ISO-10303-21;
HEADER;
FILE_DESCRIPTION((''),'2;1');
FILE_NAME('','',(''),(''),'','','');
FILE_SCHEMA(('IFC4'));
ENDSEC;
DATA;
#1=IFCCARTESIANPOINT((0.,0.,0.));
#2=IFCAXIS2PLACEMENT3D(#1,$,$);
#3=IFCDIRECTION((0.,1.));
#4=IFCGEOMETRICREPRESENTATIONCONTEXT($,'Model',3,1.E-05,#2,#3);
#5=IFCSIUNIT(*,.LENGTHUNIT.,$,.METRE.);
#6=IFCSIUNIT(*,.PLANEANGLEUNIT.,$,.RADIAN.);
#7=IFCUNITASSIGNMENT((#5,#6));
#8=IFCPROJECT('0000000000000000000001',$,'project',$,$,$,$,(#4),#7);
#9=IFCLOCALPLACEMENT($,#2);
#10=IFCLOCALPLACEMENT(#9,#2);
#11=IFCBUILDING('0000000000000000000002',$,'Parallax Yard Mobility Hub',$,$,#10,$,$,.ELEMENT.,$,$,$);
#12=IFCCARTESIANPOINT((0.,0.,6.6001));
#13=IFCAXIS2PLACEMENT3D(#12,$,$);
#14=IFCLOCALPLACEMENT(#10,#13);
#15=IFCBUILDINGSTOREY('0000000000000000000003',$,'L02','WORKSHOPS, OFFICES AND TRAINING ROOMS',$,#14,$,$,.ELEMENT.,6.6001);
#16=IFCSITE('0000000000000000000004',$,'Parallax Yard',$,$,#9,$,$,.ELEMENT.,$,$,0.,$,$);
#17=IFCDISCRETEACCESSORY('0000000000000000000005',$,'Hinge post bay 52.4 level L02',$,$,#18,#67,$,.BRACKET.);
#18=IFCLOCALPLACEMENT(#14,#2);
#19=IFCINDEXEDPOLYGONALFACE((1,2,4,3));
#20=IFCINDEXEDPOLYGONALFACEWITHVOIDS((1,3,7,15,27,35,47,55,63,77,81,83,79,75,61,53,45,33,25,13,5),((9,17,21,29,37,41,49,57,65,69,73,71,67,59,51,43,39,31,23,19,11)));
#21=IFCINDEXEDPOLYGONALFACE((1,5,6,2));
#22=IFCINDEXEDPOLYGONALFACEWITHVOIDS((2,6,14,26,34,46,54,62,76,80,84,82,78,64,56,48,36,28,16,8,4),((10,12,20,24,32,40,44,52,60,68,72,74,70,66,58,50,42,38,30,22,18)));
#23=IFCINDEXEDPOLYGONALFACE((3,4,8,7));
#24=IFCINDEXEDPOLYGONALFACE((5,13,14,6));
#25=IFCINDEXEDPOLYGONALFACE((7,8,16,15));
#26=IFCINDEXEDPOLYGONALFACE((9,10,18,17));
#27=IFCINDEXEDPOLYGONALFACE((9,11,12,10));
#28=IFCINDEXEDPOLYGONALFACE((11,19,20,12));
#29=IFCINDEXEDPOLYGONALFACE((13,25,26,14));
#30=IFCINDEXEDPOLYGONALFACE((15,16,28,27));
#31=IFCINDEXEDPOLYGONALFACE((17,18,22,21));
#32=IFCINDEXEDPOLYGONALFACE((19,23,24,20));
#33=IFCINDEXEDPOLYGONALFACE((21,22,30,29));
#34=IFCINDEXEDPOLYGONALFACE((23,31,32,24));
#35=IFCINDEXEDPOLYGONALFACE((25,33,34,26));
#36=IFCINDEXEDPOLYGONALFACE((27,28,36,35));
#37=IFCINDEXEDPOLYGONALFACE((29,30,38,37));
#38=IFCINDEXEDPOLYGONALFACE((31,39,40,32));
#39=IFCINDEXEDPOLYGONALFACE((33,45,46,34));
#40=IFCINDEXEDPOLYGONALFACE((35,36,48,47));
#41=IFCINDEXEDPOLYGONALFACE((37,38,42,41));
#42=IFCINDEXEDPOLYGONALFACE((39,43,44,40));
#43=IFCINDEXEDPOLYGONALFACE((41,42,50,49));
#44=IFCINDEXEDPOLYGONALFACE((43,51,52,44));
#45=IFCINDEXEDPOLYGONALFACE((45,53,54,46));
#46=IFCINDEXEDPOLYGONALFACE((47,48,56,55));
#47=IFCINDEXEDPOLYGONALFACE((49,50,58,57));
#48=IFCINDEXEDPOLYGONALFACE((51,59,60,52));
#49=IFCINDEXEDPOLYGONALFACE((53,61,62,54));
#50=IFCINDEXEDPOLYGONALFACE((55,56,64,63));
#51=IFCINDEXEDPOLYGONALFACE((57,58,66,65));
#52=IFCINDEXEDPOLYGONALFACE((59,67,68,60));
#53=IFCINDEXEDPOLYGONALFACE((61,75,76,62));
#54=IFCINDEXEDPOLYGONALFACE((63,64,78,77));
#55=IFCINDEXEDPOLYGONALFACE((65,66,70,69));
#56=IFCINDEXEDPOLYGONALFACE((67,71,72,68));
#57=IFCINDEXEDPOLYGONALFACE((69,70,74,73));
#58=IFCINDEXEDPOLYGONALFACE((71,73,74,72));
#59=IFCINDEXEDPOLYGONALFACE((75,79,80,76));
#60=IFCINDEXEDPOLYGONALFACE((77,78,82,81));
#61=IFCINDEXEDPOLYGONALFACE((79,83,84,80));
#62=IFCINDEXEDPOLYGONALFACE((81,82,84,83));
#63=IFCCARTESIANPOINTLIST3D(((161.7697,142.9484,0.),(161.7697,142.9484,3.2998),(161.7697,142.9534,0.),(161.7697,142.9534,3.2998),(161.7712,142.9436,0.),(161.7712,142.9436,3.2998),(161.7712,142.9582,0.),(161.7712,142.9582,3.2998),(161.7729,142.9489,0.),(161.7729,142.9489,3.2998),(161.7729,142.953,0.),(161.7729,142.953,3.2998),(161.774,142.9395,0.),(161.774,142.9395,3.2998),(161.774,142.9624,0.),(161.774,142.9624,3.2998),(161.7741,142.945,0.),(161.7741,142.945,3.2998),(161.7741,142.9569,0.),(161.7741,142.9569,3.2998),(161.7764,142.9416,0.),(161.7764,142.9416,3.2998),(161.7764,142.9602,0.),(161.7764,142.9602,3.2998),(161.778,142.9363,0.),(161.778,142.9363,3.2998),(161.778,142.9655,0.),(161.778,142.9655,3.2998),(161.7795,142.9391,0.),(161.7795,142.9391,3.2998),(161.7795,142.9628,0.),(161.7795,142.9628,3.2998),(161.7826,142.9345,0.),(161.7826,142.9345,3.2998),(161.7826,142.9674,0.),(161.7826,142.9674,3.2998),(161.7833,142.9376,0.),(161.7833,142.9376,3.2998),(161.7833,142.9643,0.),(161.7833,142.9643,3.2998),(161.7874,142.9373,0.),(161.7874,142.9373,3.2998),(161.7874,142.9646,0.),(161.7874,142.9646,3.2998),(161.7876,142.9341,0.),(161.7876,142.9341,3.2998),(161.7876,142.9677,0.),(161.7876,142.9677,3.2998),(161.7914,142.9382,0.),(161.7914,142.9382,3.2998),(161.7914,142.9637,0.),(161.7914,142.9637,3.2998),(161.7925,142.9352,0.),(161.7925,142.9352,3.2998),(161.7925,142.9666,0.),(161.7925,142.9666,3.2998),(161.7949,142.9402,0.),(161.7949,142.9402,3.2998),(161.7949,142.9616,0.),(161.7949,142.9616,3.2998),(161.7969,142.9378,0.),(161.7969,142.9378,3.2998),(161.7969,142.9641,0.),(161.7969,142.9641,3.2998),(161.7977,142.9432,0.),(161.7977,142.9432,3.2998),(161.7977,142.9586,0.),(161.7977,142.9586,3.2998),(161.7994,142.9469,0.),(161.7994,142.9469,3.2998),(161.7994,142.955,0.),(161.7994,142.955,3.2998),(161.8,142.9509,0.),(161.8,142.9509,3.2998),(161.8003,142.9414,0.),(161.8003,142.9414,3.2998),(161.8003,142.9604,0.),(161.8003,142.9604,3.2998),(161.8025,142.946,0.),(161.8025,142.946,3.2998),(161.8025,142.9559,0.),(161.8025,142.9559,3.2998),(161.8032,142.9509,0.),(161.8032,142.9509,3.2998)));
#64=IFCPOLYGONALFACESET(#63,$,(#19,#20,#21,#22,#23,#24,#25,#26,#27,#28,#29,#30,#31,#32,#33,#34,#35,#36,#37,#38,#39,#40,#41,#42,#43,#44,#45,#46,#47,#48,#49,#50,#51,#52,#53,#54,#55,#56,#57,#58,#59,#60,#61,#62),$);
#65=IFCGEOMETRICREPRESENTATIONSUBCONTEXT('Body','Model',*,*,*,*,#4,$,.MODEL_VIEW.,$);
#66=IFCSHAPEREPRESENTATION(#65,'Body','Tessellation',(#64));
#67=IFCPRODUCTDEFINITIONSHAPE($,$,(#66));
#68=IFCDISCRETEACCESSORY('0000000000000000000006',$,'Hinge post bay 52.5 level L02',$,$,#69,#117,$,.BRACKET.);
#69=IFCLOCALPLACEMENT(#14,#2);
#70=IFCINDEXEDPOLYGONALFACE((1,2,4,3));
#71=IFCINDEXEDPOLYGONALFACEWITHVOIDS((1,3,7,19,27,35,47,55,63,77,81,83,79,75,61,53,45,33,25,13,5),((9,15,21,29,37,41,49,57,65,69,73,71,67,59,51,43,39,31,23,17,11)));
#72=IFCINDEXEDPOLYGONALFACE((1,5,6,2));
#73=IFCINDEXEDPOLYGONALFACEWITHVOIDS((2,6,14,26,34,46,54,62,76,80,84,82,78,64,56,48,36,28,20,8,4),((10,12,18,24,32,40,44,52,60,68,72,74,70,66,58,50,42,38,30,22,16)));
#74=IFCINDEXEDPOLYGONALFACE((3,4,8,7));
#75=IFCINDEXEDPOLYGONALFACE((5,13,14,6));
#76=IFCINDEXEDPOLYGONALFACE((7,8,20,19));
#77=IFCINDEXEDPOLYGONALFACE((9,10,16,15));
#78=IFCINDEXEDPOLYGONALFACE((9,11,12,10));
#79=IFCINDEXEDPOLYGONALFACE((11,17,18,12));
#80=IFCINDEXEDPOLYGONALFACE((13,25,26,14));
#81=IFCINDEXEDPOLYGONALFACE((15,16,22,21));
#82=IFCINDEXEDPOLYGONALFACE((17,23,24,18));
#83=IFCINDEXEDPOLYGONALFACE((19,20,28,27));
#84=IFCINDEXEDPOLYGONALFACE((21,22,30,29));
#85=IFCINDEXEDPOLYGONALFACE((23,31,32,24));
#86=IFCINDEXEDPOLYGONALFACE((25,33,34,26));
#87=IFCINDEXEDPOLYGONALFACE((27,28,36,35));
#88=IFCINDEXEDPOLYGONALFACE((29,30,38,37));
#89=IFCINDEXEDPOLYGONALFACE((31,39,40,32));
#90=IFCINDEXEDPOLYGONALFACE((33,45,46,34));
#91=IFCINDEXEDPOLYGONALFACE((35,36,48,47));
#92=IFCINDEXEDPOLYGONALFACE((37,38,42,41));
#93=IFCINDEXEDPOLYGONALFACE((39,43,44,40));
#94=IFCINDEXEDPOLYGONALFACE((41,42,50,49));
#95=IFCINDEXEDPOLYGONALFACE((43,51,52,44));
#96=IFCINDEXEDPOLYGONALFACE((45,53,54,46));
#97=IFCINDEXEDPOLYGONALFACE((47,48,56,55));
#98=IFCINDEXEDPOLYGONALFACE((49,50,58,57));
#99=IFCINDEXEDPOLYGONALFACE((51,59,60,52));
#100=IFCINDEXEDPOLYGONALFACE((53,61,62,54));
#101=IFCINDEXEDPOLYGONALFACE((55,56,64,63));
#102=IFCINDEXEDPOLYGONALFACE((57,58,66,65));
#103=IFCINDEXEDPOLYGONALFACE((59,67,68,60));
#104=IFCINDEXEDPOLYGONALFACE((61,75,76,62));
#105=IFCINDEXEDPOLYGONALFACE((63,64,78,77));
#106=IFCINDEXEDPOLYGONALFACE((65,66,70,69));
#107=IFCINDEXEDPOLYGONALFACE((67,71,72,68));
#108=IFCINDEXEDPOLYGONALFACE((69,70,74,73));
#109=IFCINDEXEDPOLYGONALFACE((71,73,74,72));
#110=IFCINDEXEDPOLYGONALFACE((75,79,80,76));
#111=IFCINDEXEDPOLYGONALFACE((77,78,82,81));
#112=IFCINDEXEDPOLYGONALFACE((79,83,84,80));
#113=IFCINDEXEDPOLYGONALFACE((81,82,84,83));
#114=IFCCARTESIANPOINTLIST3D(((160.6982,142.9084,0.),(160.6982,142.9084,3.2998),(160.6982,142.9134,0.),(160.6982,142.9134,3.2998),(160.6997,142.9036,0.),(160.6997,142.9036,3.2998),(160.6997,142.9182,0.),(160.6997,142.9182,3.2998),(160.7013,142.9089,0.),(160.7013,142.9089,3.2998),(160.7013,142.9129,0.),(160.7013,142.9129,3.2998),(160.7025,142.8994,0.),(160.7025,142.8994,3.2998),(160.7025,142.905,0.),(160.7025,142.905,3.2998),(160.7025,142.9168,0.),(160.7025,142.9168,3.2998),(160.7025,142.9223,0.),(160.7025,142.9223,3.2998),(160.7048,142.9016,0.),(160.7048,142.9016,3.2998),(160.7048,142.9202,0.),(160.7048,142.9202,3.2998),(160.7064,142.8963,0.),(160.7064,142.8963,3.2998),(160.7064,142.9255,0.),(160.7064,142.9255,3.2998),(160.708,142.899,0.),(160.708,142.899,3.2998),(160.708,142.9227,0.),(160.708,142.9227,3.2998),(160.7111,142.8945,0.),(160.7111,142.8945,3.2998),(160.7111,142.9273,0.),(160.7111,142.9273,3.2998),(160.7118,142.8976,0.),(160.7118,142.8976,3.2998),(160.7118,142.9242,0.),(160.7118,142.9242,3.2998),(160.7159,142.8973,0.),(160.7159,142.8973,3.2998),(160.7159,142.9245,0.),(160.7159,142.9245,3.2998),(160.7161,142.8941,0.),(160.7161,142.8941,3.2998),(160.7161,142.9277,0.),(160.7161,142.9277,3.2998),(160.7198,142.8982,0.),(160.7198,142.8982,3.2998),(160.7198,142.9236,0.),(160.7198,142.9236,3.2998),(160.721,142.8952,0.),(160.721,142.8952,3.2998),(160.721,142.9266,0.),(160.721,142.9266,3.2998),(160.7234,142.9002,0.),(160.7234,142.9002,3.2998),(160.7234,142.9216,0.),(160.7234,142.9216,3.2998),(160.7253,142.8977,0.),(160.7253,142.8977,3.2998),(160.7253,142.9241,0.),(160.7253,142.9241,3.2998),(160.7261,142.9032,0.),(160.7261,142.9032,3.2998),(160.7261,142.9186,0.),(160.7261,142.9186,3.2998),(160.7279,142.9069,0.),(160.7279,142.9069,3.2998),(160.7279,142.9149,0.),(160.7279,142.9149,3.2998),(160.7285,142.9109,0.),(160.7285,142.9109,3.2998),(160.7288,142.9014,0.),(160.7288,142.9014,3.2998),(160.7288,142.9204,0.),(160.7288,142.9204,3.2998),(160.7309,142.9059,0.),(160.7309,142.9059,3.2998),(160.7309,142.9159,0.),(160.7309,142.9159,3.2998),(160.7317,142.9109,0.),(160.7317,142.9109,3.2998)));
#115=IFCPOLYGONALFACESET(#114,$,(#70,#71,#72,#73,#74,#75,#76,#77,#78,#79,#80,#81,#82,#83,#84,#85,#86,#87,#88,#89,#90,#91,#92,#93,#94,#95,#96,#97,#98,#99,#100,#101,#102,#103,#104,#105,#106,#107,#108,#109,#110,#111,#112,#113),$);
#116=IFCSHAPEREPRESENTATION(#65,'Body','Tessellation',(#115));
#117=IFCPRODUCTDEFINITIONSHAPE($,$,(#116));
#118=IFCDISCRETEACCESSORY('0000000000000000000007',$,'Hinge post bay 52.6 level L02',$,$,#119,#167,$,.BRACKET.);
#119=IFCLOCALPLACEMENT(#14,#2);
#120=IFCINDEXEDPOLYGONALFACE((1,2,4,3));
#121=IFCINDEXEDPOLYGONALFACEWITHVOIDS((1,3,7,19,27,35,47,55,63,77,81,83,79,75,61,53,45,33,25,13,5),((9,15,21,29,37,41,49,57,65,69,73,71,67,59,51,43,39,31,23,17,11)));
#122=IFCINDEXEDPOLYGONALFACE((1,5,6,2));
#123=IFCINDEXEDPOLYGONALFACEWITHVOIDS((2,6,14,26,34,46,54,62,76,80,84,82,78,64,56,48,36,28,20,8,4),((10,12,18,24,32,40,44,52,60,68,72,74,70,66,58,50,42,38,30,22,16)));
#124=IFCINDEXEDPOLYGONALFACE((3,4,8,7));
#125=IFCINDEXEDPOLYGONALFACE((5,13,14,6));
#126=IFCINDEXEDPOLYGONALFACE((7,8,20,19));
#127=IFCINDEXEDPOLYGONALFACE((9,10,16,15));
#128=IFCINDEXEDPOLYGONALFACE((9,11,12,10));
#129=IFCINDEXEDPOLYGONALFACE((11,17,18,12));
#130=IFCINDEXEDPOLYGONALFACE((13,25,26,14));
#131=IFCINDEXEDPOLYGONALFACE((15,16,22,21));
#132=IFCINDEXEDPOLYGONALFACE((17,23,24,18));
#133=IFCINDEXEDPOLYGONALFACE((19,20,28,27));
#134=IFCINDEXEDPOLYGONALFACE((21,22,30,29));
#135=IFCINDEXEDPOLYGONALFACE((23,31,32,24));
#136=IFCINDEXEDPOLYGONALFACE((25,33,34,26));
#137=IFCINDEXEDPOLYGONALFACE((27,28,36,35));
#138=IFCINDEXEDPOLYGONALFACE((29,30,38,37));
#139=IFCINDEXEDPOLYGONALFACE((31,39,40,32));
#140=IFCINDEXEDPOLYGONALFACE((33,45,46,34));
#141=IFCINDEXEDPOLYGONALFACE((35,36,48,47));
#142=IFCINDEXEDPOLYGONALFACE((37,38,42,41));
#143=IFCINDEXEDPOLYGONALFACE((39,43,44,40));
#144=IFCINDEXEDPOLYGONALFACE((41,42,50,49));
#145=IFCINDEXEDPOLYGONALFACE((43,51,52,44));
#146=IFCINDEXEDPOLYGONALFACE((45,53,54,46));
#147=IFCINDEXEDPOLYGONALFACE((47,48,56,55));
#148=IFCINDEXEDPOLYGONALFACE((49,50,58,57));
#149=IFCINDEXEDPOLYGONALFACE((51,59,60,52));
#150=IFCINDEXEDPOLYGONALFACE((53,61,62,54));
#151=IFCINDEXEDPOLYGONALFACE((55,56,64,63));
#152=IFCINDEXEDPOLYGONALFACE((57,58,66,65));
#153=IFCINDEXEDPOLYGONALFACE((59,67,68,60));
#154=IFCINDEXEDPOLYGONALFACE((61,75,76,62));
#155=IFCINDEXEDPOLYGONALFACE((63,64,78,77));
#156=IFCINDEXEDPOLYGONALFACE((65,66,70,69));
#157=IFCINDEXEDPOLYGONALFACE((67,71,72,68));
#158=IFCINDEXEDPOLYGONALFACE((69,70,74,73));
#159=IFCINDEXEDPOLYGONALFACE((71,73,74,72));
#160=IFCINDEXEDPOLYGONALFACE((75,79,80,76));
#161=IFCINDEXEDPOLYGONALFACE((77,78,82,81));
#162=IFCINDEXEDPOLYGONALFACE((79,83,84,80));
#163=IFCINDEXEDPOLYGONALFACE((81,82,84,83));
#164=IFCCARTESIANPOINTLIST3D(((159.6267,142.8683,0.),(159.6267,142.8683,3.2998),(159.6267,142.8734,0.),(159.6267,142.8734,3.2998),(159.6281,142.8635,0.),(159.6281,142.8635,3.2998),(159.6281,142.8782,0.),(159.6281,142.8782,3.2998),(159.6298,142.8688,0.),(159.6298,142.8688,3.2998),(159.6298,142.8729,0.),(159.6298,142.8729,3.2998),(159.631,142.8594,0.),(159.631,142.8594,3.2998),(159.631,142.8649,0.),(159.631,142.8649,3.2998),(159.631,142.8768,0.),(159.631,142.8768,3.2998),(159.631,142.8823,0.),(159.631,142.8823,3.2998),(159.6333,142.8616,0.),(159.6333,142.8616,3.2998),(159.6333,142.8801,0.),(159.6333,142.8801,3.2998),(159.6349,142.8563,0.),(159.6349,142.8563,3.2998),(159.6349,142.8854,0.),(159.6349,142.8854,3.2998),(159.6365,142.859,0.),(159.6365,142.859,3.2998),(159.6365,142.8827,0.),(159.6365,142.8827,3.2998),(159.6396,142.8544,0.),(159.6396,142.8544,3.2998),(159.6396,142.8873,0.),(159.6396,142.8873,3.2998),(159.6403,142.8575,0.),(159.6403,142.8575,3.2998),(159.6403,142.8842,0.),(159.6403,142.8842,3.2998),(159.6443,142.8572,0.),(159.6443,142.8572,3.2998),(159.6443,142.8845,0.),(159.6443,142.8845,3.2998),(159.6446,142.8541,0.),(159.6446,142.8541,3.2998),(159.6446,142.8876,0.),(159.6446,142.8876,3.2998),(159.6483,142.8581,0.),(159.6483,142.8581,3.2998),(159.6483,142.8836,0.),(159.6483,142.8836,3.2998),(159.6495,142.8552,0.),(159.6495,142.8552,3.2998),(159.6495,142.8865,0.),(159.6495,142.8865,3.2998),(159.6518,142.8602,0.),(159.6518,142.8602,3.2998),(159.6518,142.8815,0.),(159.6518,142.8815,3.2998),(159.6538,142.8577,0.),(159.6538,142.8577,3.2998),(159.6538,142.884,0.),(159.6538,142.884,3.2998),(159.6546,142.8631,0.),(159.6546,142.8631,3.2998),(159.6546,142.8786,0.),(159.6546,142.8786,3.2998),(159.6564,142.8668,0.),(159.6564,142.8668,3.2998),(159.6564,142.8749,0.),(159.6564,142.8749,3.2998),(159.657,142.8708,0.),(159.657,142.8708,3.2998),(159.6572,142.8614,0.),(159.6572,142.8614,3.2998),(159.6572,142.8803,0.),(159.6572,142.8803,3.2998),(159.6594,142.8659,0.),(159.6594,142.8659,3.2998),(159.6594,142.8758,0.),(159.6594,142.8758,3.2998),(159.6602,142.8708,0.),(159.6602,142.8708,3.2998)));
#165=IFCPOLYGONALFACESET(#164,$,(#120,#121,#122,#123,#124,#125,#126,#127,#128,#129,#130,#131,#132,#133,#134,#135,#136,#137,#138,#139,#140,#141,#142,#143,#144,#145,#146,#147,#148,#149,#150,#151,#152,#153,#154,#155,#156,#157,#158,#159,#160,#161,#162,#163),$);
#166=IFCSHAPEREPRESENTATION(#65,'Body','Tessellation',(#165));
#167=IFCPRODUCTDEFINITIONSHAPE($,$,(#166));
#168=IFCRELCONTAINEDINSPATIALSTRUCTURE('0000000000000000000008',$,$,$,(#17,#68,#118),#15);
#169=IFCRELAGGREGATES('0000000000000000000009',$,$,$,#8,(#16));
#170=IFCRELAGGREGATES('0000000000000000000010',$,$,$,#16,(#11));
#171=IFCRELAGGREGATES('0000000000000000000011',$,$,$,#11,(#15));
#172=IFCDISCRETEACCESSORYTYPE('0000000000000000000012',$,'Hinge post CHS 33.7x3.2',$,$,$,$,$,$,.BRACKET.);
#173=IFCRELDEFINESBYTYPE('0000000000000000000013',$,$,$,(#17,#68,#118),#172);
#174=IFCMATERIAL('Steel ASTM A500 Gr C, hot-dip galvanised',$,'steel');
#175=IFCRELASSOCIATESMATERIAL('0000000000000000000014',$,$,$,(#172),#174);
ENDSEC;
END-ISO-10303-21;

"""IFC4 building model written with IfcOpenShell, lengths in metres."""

from ifc_helpers import new_model, si_unit, direction, frame, origin, origin_2d, place, context, subcontext, project, spatial, hollow_circle, extrude, material, material_profile, profile_set, type_object, element, save


model = new_model("IFC4")

# Units and contexts
model_context = context("Model", 3, precision=1e-05, world=origin(), true_north=direction((0.0, 1.0)))
body_context = subcontext(model_context, "Body", "Model", "MODEL_VIEW")
ifc_project = project(units=[si_unit("LENGTHUNIT", "METRE"), si_unit("PLANEANGLEUNIT", "RADIAN")], contexts=[model_context])

# Site, building, storey
site_placement = place(None, origin())
site = spatial("IfcSite", under=ifc_project, at=site_placement, Name="Parallax Yard", CompositionType="ELEMENT", RefElevation=0.0)
building_placement = place(site_placement, origin())
building = spatial("IfcBuilding", under=site, at=building_placement, Name="Parallax Yard Mobility Hub", CompositionType="ELEMENT")
storey_placement = place(building_placement, frame((0.0, 0.0, 6.6001)))
storey = spatial("IfcBuildingStorey", under=building, at=storey_placement, Name="L02", Description="WORKSHOPS, OFFICES AND TRAINING ROOMS", CompositionType="ELEMENT", Elevation=6.6001)

# Discrete accessories
ifc_material_1 = material(Name="Steel ASTM A500 Gr C, hot-dip galvanised", Category="steel")
ifc_material_profile_1 = material_profile(ifc_material_1, hollow_circle(Radius=0.0168, WallThickness=0.0032, at=origin_2d()), Name="CHS 33.7x3.2")
ifc_profile_set_1 = profile_set([ifc_material_profile_1], Name="Steel ASTM A500 Gr C, hot-dip galvanised")
discrete_accessory_type_1 = type_object("IfcDiscreteAccessoryType", Name="Hinge post CHS 33.7x3.2", PredefinedType="BRACKET", material=ifc_profile_set_1)
for number, where, z_axis, x_axis, name in (
    (1, (161.7864, 142.9509, 0.0), (0.0, 0.0, 1.0), (1.0, 0.0, 0.0), "Hinge post bay 52.4 level L02"),
    (2, (160.7148, 142.9109, 0.0), (0.0, 0.0, 1.0), (1.0, 0.0, 0.0), "Hinge post bay 52.5 level L02"),
    (3, (159.6433, 142.8708, 0.0), (0.0, 0.0, 1.0), (1.0, 0.0, 0.0), "Hinge post bay 52.6 level L02"),
):
    element("IfcDiscreteAccessory", number, at=place(storey_placement, frame(where, z_axis=z_axis, x_axis=x_axis)), inside=storey, type_object=discrete_accessory_type_1, Name=name, PredefinedType="BRACKET", context=body_context, shape_type="SweptSolid", body=[
        extrude(hollow_circle(Radius=0.0168, WallThickness=0.0032, at=origin_2d()), origin(), (0.0, 0.0, 1.0), 3.2998),
    ])

save(model, "model.ifc")
